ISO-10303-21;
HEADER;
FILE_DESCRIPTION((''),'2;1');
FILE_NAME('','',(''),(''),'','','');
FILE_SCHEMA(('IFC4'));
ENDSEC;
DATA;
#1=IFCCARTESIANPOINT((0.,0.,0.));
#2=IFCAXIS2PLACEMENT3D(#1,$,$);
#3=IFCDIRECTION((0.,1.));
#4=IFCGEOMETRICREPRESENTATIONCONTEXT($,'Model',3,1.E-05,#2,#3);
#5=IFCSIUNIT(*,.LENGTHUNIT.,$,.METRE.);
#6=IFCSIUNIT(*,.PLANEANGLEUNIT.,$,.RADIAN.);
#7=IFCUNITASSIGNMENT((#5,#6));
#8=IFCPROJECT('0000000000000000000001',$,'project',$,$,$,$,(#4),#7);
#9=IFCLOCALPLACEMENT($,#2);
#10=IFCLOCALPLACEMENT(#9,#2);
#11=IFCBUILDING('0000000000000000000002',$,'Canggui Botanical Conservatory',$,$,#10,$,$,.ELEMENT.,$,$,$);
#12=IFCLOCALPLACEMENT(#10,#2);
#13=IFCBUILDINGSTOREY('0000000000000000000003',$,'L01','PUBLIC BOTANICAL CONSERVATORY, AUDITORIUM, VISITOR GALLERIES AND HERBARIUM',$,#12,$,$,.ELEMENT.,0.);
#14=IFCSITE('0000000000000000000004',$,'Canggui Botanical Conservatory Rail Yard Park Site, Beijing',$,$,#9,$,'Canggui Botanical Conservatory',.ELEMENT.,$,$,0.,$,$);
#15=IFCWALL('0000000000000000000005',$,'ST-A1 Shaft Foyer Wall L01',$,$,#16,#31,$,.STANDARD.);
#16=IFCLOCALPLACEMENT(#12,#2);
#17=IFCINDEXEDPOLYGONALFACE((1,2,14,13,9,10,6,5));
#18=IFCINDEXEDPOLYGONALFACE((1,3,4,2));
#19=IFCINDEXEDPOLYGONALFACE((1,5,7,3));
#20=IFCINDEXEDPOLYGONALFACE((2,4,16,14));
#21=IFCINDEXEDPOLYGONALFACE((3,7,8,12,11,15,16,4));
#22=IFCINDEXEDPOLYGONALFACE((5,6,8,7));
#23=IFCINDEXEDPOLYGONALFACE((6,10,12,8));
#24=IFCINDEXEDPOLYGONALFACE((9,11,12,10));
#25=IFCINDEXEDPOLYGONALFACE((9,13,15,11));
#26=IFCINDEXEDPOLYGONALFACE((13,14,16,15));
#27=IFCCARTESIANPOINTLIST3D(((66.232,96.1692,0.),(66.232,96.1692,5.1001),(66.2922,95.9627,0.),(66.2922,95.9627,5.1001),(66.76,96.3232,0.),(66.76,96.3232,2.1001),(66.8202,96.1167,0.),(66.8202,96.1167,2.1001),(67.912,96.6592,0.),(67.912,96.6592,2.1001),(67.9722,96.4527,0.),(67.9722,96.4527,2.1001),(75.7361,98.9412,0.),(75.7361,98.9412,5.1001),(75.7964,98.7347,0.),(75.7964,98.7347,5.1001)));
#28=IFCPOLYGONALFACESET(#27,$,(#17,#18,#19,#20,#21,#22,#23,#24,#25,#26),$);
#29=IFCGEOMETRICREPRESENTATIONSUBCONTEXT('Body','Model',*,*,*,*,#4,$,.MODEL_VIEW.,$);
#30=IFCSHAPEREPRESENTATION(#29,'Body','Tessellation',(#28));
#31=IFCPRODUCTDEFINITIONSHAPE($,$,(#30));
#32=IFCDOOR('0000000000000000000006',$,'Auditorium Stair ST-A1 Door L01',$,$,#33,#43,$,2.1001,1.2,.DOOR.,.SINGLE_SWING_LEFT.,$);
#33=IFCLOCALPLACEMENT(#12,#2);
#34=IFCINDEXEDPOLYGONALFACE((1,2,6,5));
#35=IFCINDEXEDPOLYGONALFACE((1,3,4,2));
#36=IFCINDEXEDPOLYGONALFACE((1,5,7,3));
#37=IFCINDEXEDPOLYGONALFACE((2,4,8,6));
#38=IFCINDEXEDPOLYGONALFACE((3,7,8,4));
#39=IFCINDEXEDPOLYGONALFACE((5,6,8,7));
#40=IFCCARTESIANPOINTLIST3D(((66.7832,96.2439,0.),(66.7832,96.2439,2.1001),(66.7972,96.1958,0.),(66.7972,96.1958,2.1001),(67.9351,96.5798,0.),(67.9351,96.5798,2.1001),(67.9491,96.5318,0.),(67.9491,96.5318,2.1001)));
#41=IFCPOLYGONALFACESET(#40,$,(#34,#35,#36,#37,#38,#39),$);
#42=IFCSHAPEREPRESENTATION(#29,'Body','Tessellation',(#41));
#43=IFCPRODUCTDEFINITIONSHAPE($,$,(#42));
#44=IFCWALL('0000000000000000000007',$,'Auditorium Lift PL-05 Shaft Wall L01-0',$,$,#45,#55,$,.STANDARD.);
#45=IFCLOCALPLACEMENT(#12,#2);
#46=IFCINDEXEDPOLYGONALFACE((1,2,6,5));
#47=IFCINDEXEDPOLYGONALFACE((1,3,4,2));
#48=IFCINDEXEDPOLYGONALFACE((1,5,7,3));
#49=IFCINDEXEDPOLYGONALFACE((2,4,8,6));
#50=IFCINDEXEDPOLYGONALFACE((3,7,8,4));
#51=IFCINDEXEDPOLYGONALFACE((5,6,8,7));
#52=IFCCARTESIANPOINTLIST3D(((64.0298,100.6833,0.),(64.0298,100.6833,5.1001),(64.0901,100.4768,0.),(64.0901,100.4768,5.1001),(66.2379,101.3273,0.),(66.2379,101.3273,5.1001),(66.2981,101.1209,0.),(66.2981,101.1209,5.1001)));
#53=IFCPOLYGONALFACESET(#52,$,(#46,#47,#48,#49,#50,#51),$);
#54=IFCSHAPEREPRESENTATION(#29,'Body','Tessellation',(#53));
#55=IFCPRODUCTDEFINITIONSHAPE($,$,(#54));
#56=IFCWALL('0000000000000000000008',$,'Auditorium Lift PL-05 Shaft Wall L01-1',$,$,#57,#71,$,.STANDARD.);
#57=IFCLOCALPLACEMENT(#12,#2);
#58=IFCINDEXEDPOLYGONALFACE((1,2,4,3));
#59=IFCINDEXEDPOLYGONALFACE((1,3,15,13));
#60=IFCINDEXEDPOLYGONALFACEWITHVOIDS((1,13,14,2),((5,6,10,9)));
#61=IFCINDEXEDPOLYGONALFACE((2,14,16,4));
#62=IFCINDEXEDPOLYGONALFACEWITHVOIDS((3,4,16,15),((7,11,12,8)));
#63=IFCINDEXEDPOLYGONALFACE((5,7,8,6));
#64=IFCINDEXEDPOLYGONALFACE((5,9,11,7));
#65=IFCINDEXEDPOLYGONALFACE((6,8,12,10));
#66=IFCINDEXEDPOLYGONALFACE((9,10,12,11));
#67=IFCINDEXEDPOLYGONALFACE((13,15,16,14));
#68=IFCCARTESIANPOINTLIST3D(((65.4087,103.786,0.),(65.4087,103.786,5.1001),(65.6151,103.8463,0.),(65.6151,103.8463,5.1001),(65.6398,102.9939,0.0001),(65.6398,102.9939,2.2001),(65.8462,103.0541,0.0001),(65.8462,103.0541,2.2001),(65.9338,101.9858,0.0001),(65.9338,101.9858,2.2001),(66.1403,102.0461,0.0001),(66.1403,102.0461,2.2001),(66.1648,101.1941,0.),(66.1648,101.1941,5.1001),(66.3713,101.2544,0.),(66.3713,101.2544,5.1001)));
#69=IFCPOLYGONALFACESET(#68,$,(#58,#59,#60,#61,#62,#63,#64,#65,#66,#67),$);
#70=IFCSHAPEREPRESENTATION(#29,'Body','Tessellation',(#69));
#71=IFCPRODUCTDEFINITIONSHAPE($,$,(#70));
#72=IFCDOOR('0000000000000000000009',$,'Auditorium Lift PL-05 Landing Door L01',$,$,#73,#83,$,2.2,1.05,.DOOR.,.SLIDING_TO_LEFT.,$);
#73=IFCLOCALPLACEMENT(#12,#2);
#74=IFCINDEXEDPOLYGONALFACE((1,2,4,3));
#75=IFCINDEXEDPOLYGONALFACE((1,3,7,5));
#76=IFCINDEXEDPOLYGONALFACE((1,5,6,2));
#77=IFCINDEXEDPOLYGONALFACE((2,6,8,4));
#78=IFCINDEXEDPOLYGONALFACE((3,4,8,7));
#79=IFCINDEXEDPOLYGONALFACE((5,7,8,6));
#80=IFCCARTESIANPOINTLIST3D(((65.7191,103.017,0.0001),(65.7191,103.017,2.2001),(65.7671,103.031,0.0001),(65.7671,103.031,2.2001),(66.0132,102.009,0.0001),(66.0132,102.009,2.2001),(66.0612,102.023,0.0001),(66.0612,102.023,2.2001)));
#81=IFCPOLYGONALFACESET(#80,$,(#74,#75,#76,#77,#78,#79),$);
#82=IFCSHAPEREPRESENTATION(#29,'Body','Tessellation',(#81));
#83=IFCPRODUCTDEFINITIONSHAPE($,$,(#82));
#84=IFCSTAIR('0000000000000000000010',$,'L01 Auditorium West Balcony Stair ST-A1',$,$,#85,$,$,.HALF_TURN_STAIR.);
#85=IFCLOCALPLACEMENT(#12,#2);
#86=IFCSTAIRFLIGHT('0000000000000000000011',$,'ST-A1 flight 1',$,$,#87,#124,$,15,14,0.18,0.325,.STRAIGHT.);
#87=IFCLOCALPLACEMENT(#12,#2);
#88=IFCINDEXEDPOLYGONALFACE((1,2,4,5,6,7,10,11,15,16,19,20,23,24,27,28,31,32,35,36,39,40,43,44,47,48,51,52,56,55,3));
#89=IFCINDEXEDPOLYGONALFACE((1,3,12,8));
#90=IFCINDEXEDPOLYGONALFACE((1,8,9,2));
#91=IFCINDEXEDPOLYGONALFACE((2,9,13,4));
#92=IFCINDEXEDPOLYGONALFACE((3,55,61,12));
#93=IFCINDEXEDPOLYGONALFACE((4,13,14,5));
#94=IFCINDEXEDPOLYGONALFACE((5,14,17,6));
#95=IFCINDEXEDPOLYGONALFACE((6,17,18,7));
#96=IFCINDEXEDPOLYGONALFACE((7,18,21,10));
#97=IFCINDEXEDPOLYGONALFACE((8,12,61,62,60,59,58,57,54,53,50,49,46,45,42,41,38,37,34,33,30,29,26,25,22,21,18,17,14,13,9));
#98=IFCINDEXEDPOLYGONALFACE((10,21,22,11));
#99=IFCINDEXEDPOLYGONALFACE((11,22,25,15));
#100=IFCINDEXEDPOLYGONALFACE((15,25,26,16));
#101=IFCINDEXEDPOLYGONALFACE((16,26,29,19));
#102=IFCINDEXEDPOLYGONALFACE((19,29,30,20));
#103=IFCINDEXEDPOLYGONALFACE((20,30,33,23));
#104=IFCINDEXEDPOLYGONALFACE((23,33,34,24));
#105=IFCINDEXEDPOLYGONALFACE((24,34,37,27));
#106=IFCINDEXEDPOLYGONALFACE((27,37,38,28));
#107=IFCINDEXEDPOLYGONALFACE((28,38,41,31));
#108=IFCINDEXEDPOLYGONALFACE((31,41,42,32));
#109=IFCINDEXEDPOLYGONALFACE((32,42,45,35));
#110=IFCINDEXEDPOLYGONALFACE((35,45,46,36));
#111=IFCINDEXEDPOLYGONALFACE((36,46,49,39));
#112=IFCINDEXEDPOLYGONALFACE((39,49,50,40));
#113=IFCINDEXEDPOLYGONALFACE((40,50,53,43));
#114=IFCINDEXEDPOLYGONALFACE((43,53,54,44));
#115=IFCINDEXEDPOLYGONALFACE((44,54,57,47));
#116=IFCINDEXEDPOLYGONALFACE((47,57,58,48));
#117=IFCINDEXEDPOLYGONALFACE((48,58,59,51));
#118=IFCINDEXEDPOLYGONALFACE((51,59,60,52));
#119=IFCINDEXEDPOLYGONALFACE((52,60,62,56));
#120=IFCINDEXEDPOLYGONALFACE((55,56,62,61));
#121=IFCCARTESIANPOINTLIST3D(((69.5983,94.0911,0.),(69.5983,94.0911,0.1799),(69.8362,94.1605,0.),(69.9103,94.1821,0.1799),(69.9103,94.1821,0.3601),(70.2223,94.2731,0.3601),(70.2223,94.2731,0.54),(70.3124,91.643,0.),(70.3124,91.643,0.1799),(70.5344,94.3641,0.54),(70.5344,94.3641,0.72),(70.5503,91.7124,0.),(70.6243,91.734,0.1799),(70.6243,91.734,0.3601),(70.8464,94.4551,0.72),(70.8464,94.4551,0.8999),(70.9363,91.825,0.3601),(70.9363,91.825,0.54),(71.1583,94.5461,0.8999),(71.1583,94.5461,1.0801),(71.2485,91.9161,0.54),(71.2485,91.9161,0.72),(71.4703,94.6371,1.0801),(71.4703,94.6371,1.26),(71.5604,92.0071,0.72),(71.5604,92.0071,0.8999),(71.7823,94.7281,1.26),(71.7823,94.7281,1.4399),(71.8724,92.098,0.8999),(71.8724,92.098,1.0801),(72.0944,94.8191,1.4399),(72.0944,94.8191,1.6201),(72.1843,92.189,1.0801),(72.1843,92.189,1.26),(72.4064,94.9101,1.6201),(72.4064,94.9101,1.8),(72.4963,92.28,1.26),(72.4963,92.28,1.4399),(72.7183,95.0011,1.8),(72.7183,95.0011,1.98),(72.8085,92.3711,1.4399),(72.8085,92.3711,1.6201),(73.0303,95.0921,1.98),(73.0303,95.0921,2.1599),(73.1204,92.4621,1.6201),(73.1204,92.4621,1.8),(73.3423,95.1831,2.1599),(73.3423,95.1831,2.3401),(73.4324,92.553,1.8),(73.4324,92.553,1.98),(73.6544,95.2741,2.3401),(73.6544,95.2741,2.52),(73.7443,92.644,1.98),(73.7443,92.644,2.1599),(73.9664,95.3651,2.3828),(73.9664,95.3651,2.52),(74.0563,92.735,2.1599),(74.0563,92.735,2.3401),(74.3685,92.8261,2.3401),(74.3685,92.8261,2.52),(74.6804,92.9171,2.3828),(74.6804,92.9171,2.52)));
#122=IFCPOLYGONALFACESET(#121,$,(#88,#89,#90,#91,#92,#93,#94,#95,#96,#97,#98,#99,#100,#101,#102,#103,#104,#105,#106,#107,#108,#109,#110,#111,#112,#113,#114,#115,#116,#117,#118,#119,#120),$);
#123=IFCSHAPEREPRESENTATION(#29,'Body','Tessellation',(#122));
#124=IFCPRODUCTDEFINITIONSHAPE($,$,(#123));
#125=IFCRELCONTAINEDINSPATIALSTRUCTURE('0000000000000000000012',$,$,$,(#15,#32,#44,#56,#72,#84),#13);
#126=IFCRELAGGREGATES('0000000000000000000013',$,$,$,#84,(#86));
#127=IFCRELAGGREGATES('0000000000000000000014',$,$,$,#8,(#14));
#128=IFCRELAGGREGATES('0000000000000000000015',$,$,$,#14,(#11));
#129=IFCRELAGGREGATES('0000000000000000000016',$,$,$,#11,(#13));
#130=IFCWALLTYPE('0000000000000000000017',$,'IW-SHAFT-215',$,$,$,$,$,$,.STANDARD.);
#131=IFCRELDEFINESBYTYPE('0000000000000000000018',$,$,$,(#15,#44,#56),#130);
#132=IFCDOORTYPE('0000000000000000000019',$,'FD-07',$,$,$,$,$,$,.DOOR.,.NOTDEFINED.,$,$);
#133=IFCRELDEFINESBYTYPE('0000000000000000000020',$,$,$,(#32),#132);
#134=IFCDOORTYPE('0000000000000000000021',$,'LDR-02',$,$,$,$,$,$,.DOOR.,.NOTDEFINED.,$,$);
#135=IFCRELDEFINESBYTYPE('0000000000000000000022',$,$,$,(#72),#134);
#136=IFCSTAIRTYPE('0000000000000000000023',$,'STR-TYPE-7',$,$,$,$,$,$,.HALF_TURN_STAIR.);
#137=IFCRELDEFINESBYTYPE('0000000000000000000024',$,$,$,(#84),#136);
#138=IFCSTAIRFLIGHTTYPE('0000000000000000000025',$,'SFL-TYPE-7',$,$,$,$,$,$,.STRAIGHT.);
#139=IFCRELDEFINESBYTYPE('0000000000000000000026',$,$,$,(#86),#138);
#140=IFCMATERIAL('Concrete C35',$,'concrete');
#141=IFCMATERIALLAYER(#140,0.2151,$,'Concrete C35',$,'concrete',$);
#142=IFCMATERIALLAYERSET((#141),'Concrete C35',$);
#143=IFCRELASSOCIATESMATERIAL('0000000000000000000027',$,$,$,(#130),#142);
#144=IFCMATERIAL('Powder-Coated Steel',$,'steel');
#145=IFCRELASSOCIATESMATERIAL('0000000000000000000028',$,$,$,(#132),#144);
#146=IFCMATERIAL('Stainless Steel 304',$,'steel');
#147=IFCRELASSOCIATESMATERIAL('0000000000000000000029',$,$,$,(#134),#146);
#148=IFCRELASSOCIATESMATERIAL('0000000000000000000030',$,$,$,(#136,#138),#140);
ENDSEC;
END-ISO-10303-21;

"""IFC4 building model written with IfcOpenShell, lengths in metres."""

from ifc_helpers import new_model, si_unit, direction, frame, frame_2d, origin, place, context, subcontext, project, spatial, polyline, rectangle, outline, extrude, material, layer, layer_set, type_object, element, fill, aggregate, save


model = new_model("IFC4")

# Units and contexts
model_context = context("Model", 3, precision=1e-05, world=origin(), true_north=direction((0.0, 1.0)))
body_context = subcontext(model_context, "Body", "Model", "MODEL_VIEW")
ifc_project = project(units=[si_unit("LENGTHUNIT", "METRE"), si_unit("PLANEANGLEUNIT", "RADIAN")], contexts=[model_context])

# Site, building, storey
site_placement = place(None, origin())
site = spatial("IfcSite", under=ifc_project, at=site_placement, Name="Canggui Botanical Conservatory Rail Yard Park Site, Beijing", LongName="Canggui Botanical Conservatory", CompositionType="ELEMENT", RefElevation=0.0)
building_placement = place(site_placement, origin())
building = spatial("IfcBuilding", under=site, at=building_placement, Name="Canggui Botanical Conservatory", CompositionType="ELEMENT")
storey_placement = place(building_placement, origin())
storey = spatial("IfcBuildingStorey", under=building, at=storey_placement, Name="L01", Description="PUBLIC BOTANICAL CONSERVATORY, AUDITORIUM, VISITOR GALLERIES AND HERBARIUM", CompositionType="ELEMENT", Elevation=0.0)

# Shared definitions
ifc_material_1 = material(Name="Concrete C35", Category="concrete")

# Shared definitions
ifc_layer_1 = layer(ifc_material_1, 0.2151, Name="Concrete C35", Category="concrete")
ifc_layer_set_1 = layer_set([ifc_layer_1], Name="Concrete C35")
wall_type_1 = type_object("IfcWallType", Name="IW-SHAFT-215", PredefinedType="STANDARD", material=ifc_layer_set_1)

# Wall, opening, door
wall_1_placement = place(storey_placement, frame((66.262, 96.0659, 0.0), z_axis=(0.0, 0.0, 1.0), x_axis=(0.960002, 0.279993, 0.0)))
wall_1 = element("IfcWall", 1, at=wall_1_placement, inside=storey, type_object=wall_type_1, Name="ST-A1 Shaft Foyer Wall L01", PredefinedType="STANDARD", context=body_context, shape_type="SweptSolid", body=[
    extrude(rectangle(XDim=9.9001, YDim=0.2151, at=frame_2d((4.9502, 0.0))), origin(), (0.0, 0.0, 1.0), 5.1001),
])
opening_1_placement = place(wall_1_placement, frame((0.55, 0.0, 0.0)))
opening_1 = element("IfcOpeningElement", 2, at=opening_1_placement, cuts=wall_1, PredefinedType="OPENING", context=body_context, shape_type="SweptSolid", body=[
    extrude(rectangle(XDim=1.2, YDim=2.1001, at=frame_2d((0.6001, 1.05))), frame((0.0, 0.1177, 0.0), z_axis=(0.0, -1.0, 0.0), x_axis=(1.0, 0.0, 0.0)), (0.0, 0.0, 1.0), 0.2351),
])
ifc_material_2 = material(Name="Powder-Coated Steel", Category="steel")
door_type_1 = type_object("IfcDoorType", Name="FD-07", OperationType="NOTDEFINED", PredefinedType="DOOR", material=ifc_material_2)
door_1_placement = place(opening_1_placement, origin())
door_1 = element("IfcDoor", 3, at=door_1_placement, inside=storey, type_object=door_type_1, Name="Auditorium Stair ST-A1 Door L01", OperationType="SINGLE_SWING_LEFT", OverallHeight=2.1001, OverallWidth=1.2, PredefinedType="DOOR", context=body_context, shape_type="SweptSolid", body=[
    extrude(rectangle(XDim=1.2, YDim=2.1001, at=frame_2d((0.6001, 1.05))), frame((0.0, 0.0249, 0.0), z_axis=(0.0, -1.0, 0.0), x_axis=(1.0, 0.0, 0.0)), (0.0, 0.0, 1.0), 0.05),
])
fill(opening_1, door_1)

# Wall
wall_2_placement = place(storey_placement, frame((64.0601, 100.5801, 0.0), z_axis=(0.0, 0.0, 1.0), x_axis=(0.959995, 0.280016, 0.0)))
element("IfcWall", 4, at=wall_2_placement, inside=storey, type_object=wall_type_1, Name="Auditorium Lift PL-05 Shaft Wall L01-0", PredefinedType="STANDARD", context=body_context, shape_type="SweptSolid", body=[
    extrude(rectangle(XDim=2.3, YDim=0.2151, at=frame_2d((1.1499, 0.0))), origin(), (0.0, 0.0, 1.0), 5.1001),
])

# Wall, opening, door
wall_3_placement = place(storey_placement, frame((66.2681, 101.2241, 0.0), z_axis=(0.0, 0.0, 1.0), x_axis=(-0.280056, 0.959984, 0.0)))
wall_3 = element("IfcWall", 5, at=wall_3_placement, inside=storey, type_object=wall_type_1, Name="Auditorium Lift PL-05 Shaft Wall L01-1", PredefinedType="STANDARD", context=body_context, shape_type="SweptSolid", body=[
    extrude(rectangle(XDim=2.7, YDim=0.2151, at=frame_2d((1.3501, 0.0))), origin(), (0.0, 0.0, 1.0), 5.1001),
])
opening_2_placement = place(wall_3_placement, frame((0.825, 0.0, 0.0)))
opening_2 = element("IfcOpeningElement", 6, at=opening_2_placement, cuts=wall_3, PredefinedType="OPENING", context=body_context, shape_type="SweptSolid", body=[
    extrude(rectangle(XDim=1.05, YDim=2.2, at=frame_2d((0.5249, 1.1001))), frame((0.0, 0.1177, 0.0), z_axis=(0.0, -1.0, 0.0), x_axis=(1.0, 0.0, 0.0)), (0.0, 0.0, 1.0), 0.2351),
])
ifc_material_3 = material(Name="Stainless Steel 304", Category="steel")
door_type_2 = type_object("IfcDoorType", Name="LDR-02", OperationType="NOTDEFINED", PredefinedType="DOOR", material=ifc_material_3)
door_2_placement = place(opening_2_placement, origin())
door_2 = element("IfcDoor", 7, at=door_2_placement, inside=storey, type_object=door_type_2, Name="Auditorium Lift PL-05 Landing Door L01", OperationType="SLIDING_TO_LEFT", OverallHeight=2.2, OverallWidth=1.05, PredefinedType="DOOR", context=body_context, shape_type="SweptSolid", body=[
    extrude(rectangle(XDim=1.05, YDim=2.2, at=frame_2d((0.5249, 1.1001))), frame((0.0, 0.0249, 0.0), z_axis=(0.0, -1.0, 0.0), x_axis=(1.0, 0.0, 0.0)), (0.0, 0.0, 1.0), 0.05),
])
fill(opening_2, door_2)

# Stair, stair flight
stair_type = type_object("IfcStairType", Name="STR-TYPE-7", PredefinedType="HALF_TURN_STAIR", material=ifc_material_1)
stair_placement = place(storey_placement, origin())
stair = element("IfcStair", 8, at=stair_placement, inside=storey, type_object=stair_type, Name="L01 Auditorium West Balcony Stair ST-A1", PredefinedType="HALF_TURN_STAIR")
stair_flight_type = type_object("IfcStairFlightType", Name="SFL-TYPE-7", PredefinedType="STRAIGHT", material=ifc_material_1)
stair_flight_placement = place(storey_placement, frame((69.9553, 92.8672, 0.0), z_axis=(0.0, 0.0, 1.0), x_axis=(0.96, 0.28, 0.0)))
stair_flight = element("IfcStairFlight", 9, at=stair_flight_placement, type_object=stair_flight_type, Name="ST-A1 flight 1", NumberOfRisers=15, NumberOfTreads=14, PredefinedType="STRAIGHT", RiserHeight=0.18, TreadLength=0.325, context=body_context, shape_type="SweptSolid", body=[
    extrude(outline(polyline([(0.0, 0.0), (0.0, 0.1799), (0.325, 0.1799), (0.325, 0.3601), (0.6499, 0.3601), (0.6499, 0.54), (0.9751, 0.54), (0.9751, 0.72), (1.3, 0.72), (1.3, 0.8999), (1.625, 0.8999), (1.625, 1.0801), (1.95, 1.0801), (1.95, 1.26), (2.2749, 1.26), (2.2749, 1.4399), (2.6001, 1.4399), (2.6001, 1.6201), (2.925, 1.6201), (2.925, 1.8), (3.25, 1.8), (3.25, 1.98), (3.575, 1.98), (3.575, 2.1599), (3.8999, 2.1599), (3.8999, 2.3401), (4.2251, 2.3401), (4.2251, 2.52), (4.55, 2.52), (4.55, 2.7), (4.55, 2.3828), (0.2478, 0.0), (0.0, 0.0)])), frame((0.0, 1.2749, 0.0), z_axis=(0.0, -1.0, 0.0), x_axis=(1.0, 0.0, 0.0)), (0.0, 0.0, 1.0), 2.55),
])
aggregate(stair, [stair_flight])

save(model, "model.ifc")
